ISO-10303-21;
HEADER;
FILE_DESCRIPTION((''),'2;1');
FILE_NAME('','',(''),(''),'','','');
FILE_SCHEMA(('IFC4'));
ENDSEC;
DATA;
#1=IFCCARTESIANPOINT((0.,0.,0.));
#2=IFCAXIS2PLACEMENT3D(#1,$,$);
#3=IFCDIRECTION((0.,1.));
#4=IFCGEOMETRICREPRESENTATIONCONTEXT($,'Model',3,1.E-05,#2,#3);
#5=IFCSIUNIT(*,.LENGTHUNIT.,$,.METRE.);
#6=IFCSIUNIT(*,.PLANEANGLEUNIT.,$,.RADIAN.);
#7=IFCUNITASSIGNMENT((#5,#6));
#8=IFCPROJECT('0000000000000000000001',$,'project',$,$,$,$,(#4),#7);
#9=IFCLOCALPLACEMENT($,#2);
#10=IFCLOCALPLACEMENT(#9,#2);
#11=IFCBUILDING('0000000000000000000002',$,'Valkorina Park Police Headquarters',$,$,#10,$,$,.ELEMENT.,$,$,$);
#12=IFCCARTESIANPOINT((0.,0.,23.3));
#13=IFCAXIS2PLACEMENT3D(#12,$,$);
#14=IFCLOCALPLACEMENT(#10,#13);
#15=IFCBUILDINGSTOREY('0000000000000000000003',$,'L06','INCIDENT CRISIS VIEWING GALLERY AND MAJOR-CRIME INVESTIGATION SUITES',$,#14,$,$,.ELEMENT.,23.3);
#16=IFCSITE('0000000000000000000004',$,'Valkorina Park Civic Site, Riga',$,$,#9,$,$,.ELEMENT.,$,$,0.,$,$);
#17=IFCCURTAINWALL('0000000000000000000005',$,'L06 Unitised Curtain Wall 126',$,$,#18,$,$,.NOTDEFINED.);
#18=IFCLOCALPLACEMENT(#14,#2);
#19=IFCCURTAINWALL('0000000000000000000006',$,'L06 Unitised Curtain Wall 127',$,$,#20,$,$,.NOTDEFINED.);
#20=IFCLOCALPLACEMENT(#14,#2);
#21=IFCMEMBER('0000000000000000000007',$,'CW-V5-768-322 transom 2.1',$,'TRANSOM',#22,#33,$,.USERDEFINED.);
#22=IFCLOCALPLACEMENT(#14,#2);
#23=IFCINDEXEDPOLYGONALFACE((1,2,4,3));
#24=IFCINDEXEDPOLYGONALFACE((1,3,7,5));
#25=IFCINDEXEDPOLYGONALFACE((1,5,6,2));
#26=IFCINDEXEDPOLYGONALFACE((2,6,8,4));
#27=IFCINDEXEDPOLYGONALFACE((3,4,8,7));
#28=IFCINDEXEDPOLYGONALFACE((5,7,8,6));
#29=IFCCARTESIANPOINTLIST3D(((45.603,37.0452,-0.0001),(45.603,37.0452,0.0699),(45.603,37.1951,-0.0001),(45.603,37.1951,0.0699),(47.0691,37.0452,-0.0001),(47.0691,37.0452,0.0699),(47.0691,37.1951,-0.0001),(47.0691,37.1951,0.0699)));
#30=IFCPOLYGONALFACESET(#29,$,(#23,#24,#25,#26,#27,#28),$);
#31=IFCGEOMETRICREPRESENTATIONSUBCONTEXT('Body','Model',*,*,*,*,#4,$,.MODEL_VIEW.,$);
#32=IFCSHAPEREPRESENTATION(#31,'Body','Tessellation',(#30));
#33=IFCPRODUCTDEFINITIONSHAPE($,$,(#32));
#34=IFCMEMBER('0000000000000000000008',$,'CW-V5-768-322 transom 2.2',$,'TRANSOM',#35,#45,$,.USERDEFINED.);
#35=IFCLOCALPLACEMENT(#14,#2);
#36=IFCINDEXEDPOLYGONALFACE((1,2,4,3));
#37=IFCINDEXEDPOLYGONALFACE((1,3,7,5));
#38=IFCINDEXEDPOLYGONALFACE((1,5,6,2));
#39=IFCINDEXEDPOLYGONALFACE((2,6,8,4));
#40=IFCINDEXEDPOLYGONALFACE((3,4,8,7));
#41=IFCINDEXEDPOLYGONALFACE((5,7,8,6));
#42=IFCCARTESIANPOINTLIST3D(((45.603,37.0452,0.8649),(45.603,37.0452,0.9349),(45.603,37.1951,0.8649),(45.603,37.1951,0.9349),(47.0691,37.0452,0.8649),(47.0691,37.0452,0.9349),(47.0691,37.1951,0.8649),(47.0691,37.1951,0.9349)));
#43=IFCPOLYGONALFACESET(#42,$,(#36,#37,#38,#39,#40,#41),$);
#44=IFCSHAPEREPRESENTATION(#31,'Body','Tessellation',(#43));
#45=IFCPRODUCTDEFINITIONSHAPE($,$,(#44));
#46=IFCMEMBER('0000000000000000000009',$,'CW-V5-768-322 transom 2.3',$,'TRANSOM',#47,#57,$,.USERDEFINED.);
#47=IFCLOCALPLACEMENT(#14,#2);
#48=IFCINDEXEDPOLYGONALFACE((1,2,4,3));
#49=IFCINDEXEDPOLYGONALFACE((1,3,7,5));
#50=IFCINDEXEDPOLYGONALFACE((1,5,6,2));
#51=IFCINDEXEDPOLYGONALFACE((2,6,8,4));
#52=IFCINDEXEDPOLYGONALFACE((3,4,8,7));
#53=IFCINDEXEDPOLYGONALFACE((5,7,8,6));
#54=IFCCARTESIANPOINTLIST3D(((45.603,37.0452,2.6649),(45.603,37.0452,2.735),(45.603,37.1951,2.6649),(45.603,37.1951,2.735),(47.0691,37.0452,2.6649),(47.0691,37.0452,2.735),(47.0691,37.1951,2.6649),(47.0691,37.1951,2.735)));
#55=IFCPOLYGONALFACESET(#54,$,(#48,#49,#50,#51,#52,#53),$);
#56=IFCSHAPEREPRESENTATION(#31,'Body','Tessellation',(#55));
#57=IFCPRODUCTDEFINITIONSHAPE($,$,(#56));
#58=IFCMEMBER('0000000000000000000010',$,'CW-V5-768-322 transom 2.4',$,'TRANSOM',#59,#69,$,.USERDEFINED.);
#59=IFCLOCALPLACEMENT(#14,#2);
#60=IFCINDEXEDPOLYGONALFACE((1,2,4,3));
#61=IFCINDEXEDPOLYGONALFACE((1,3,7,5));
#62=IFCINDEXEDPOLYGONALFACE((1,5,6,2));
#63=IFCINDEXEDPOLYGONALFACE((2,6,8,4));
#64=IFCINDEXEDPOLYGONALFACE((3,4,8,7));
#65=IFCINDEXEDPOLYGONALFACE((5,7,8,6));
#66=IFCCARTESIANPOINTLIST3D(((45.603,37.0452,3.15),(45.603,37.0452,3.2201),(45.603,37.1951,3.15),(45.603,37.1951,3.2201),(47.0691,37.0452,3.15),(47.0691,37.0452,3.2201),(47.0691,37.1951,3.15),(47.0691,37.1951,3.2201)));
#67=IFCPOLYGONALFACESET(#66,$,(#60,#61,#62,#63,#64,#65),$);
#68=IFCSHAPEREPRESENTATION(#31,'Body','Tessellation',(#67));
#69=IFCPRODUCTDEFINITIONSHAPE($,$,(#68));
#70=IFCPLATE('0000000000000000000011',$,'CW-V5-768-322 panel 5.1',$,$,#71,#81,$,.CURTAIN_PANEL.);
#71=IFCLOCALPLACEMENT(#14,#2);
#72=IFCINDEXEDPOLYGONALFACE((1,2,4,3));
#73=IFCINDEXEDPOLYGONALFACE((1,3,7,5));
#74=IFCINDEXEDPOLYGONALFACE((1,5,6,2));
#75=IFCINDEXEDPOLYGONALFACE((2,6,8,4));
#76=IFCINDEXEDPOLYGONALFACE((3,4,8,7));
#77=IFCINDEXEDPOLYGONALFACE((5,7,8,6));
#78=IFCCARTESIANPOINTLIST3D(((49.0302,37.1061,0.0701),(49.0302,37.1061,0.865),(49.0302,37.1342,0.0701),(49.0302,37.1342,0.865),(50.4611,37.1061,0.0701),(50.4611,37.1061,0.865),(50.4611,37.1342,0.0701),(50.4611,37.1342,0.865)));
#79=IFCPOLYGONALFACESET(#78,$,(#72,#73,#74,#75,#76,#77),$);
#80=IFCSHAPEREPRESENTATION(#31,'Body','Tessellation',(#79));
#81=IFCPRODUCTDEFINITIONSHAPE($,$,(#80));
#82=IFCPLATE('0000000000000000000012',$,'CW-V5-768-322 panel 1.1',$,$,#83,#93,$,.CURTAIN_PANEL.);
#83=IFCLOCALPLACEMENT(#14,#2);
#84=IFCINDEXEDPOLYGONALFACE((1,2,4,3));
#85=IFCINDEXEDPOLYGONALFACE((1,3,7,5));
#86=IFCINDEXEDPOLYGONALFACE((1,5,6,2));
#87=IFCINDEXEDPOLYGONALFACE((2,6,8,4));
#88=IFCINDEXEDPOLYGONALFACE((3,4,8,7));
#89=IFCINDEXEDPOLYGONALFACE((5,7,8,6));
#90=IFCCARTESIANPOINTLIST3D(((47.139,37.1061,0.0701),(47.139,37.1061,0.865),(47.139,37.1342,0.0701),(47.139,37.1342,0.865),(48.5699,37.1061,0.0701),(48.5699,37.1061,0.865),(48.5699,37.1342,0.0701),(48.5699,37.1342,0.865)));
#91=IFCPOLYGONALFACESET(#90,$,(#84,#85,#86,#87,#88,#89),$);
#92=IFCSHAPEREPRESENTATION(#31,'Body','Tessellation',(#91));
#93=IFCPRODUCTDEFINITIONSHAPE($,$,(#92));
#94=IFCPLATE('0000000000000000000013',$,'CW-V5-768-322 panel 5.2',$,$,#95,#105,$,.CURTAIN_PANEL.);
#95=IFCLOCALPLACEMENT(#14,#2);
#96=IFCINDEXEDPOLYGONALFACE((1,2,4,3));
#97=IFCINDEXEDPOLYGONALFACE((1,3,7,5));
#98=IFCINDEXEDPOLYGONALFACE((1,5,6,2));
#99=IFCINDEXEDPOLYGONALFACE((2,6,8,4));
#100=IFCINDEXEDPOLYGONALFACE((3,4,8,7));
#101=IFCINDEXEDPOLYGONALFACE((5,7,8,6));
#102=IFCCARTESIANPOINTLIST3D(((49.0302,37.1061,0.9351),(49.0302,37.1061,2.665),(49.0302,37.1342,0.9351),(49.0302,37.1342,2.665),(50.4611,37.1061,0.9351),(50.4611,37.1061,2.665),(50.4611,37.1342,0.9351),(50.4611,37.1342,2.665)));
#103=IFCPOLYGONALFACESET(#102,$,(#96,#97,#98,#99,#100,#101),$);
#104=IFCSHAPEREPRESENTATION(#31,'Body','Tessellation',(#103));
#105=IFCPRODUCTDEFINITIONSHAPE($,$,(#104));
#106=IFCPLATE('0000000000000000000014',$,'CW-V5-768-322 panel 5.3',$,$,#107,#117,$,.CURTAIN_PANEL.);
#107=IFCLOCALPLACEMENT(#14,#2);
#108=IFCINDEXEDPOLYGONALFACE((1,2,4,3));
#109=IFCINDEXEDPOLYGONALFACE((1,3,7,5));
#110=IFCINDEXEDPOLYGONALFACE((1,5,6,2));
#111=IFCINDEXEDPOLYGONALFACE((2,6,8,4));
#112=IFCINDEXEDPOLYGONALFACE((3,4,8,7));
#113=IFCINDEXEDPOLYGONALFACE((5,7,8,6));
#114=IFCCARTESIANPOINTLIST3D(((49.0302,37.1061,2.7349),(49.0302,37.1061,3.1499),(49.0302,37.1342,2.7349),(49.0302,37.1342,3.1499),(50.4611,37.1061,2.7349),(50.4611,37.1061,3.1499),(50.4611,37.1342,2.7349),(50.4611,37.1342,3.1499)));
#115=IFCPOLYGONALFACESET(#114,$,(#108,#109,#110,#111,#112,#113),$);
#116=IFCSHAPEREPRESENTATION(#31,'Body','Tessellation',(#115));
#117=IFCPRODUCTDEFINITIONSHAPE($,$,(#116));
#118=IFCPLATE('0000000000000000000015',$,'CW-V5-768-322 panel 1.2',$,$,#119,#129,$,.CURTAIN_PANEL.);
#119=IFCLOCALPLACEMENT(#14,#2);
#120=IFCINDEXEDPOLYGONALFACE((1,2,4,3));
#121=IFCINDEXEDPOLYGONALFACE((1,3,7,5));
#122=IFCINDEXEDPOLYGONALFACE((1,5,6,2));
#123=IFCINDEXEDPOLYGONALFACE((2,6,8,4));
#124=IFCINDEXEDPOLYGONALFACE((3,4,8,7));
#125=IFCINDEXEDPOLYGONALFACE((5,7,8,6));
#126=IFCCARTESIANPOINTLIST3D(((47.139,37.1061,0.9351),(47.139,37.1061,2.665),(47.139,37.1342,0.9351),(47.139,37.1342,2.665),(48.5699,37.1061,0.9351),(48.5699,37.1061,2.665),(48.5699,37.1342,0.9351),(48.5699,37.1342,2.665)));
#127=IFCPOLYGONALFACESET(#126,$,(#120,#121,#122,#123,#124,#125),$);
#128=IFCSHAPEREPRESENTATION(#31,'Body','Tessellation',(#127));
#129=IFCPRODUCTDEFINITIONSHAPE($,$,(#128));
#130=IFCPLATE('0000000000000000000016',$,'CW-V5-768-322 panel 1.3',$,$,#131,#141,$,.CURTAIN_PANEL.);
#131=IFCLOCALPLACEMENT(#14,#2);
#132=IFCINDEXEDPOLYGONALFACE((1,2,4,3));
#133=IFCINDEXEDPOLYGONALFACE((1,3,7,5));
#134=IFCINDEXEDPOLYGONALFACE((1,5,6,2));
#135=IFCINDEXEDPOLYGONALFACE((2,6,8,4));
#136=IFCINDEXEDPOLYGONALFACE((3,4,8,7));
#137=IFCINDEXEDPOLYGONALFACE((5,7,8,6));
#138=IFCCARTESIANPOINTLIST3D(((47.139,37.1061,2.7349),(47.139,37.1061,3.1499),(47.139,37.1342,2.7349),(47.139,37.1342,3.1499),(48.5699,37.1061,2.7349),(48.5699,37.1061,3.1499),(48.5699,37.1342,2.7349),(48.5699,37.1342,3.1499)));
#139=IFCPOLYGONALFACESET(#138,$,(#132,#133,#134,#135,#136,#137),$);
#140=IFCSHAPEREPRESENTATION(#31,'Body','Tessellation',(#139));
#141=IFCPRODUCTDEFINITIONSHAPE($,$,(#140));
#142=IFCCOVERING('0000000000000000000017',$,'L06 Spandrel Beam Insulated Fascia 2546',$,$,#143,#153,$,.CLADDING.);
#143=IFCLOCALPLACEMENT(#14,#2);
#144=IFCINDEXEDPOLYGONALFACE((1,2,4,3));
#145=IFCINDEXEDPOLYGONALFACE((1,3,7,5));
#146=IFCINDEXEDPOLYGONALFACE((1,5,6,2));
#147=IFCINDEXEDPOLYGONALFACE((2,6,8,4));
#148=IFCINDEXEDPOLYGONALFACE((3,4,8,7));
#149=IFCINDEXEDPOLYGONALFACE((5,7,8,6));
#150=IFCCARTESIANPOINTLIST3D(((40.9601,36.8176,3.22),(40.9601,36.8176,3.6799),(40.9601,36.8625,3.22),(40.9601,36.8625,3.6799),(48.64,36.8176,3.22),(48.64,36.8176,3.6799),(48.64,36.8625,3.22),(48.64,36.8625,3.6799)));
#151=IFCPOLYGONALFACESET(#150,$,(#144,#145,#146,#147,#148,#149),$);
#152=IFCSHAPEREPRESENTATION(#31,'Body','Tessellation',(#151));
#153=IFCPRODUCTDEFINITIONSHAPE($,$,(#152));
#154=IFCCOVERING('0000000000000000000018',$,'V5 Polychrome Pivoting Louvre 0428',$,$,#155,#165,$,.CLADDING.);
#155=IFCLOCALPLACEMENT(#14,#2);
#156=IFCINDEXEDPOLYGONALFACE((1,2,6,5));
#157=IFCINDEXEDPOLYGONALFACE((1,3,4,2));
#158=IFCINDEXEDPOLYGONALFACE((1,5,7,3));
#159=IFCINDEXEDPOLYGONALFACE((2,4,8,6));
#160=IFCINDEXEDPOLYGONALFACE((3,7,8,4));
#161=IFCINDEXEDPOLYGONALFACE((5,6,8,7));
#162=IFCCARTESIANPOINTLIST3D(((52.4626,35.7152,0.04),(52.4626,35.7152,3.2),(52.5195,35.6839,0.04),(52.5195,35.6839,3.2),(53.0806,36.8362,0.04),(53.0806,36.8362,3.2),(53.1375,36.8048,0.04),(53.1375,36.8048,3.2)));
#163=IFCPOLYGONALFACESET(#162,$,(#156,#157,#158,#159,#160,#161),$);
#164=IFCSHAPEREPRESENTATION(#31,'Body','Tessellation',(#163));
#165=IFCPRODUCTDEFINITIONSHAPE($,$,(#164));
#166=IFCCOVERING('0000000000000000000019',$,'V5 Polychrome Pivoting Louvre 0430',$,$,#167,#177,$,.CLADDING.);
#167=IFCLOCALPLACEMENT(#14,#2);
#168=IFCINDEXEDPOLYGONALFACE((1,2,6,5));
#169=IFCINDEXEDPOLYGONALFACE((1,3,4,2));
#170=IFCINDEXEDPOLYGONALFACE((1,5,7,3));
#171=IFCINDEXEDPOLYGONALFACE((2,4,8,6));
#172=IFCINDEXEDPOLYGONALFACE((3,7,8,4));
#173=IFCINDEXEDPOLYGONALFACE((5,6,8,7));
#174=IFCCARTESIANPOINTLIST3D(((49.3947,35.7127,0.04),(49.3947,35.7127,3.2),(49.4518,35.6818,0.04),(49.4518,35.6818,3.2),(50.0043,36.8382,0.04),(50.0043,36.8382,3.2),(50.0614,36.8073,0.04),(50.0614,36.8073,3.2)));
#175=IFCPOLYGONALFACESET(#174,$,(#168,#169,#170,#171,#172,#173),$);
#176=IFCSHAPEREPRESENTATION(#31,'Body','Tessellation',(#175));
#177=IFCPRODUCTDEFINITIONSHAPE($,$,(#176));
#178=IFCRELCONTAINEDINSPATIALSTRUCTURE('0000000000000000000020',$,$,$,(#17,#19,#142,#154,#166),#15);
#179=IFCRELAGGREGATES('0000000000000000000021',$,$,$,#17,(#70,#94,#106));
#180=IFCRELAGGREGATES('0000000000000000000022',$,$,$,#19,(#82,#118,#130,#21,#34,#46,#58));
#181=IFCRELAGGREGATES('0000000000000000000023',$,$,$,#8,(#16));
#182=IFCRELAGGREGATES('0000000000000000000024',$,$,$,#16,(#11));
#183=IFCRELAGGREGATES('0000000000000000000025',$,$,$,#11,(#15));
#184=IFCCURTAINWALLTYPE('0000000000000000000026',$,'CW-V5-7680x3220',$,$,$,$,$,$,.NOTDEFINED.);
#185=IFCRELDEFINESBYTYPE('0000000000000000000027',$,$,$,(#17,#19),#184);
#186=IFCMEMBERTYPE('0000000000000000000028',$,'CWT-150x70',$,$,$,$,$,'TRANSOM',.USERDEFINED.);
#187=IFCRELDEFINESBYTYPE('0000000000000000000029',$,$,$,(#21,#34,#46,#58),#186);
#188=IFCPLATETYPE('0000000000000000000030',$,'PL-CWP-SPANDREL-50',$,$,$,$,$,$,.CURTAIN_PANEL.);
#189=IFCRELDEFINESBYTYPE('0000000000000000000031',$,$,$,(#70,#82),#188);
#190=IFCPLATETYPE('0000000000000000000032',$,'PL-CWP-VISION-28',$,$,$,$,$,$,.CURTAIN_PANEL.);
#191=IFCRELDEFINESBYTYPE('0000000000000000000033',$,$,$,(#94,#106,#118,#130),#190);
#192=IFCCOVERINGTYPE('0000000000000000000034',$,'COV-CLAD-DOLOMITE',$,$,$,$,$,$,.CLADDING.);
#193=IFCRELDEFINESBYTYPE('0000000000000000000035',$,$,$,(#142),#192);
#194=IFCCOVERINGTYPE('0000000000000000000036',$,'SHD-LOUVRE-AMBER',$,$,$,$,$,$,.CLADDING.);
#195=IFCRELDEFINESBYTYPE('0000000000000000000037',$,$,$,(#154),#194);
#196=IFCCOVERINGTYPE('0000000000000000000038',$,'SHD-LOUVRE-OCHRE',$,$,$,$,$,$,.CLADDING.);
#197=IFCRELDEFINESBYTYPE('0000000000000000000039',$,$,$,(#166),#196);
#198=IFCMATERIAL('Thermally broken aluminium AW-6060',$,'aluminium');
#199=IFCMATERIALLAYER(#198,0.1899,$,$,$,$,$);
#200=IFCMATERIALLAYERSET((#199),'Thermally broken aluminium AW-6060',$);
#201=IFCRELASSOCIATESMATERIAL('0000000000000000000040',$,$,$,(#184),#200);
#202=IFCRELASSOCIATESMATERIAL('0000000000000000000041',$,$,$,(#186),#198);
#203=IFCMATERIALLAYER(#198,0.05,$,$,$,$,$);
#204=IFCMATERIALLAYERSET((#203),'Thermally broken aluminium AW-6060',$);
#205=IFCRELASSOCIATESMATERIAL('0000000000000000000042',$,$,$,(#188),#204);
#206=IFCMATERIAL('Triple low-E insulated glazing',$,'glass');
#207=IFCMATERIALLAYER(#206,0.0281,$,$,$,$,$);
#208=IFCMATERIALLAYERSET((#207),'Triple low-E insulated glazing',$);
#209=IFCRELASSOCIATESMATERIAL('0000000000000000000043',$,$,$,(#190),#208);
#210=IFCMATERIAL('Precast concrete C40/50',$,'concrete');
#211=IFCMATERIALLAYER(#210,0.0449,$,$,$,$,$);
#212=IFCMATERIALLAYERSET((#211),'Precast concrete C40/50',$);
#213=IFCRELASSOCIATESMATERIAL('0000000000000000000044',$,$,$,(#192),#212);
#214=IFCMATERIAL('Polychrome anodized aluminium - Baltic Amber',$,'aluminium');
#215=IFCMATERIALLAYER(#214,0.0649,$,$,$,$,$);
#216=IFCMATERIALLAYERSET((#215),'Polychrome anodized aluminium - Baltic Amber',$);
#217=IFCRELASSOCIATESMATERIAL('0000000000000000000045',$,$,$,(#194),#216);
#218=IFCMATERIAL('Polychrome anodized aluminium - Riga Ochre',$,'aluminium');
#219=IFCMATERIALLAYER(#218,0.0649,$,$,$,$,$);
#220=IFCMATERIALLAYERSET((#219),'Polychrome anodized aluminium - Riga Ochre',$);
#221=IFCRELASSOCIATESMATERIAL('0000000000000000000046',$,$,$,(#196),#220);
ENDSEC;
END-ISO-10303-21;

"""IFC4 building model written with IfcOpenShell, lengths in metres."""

from ifc_helpers import new_model, si_unit, direction, frame, frame_2d, origin, origin_2d, place, context, subcontext, project, spatial, rectangle, extrude, material, layer, layer_set, material_profile, profile_set, type_object, element, aggregate, save


model = new_model("IFC4")

# Units and contexts
model_context = context("Model", 3, precision=1e-05, world=origin(), true_north=direction((0.0, 1.0)))
body_context = subcontext(model_context, "Body", "Model", "MODEL_VIEW")
ifc_project = project(units=[si_unit("LENGTHUNIT", "METRE"), si_unit("PLANEANGLEUNIT", "RADIAN")], contexts=[model_context])

# Site, building, storey
site_placement = place(None, origin())
site = spatial("IfcSite", under=ifc_project, at=site_placement, Name="Valkorina Park Civic Site, Riga", CompositionType="ELEMENT", RefElevation=0.0)
building_placement = place(site_placement, origin())
building = spatial("IfcBuilding", under=site, at=building_placement, Name="Valkorina Park Police Headquarters", CompositionType="ELEMENT")
storey_placement = place(building_placement, frame((0.0, 0.0, 23.3)))
storey = spatial("IfcBuildingStorey", under=building, at=storey_placement, Name="L06", Description="INCIDENT CRISIS VIEWING GALLERY AND MAJOR-CRIME INVESTIGATION SUITES", CompositionType="ELEMENT", Elevation=23.3)

# Curtain wall
ifc_material_1 = material(Name="Thermally broken aluminium AW-6060", Category="aluminium")
ifc_layer_1 = layer(ifc_material_1, 0.1899)
ifc_layer_set_1 = layer_set([ifc_layer_1], Name="Thermally broken aluminium AW-6060")
curtain_wall_type = type_object("IfcCurtainWallType", Name="CW-V5-7680x3220", PredefinedType="NOTDEFINED", material=ifc_layer_set_1)
curtain_wall_1_placement = place(storey_placement, origin())
curtain_wall_1 = element("IfcCurtainWall", 1, at=curtain_wall_1_placement, inside=storey, type_object=curtain_wall_type, Name="L06 Unitised Curtain Wall 126", PredefinedType="NOTDEFINED")

# Curtain wall, members
curtain_wall_2_placement = place(storey_placement, origin())
curtain_wall_2 = element("IfcCurtainWall", 2, at=curtain_wall_2_placement, inside=storey, type_object=curtain_wall_type, Name="L06 Unitised Curtain Wall 127", PredefinedType="NOTDEFINED")
ifc_material_profile_1 = material_profile(ifc_material_1, rectangle(XDim=0.1499, YDim=0.0701, at=origin_2d()), Name="CWT-02 150x70")
ifc_profile_set_1 = profile_set([ifc_material_profile_1], Name="Thermally broken aluminium AW-6060")
member_type_1 = type_object("IfcMemberType", Name="CWT-150x70", ElementType="TRANSOM", PredefinedType="USERDEFINED", material=ifc_profile_set_1)
member_1_placement = place(storey_placement, frame((47.0691, 37.1201, 0.0349), z_axis=(-1.0, 0.0, 0.0), x_axis=(0.0, -1.0, 0.0)))
member_1 = element("IfcMember", 3, at=member_1_placement, type_object=member_type_1, Name="CW-V5-768-322 transom 2.1", ObjectType="TRANSOM", PredefinedType="USERDEFINED", context=body_context, shape_type="SweptSolid", body=[
    extrude(rectangle(XDim=0.1499, YDim=0.0701, at=origin_2d()), origin(), (0.0, 0.0, 1.0), 1.4661),
])
member_2_placement = place(storey_placement, frame((47.0691, 37.1201, 0.8999), z_axis=(-1.0, 0.0, 0.0), x_axis=(0.0, -1.0, 0.0)))
member_2 = element("IfcMember", 4, at=member_2_placement, type_object=member_type_1, Name="CW-V5-768-322 transom 2.2", ObjectType="TRANSOM", PredefinedType="USERDEFINED", context=body_context, shape_type="SweptSolid", body=[
    extrude(rectangle(XDim=0.1499, YDim=0.0701, at=origin_2d()), origin(), (0.0, 0.0, 1.0), 1.4661),
])
member_3_placement = place(storey_placement, frame((47.0691, 37.1201, 2.7), z_axis=(-1.0, 0.0, 0.0), x_axis=(0.0, -1.0, 0.0)))
member_3 = element("IfcMember", 5, at=member_3_placement, type_object=member_type_1, Name="CW-V5-768-322 transom 2.3", ObjectType="TRANSOM", PredefinedType="USERDEFINED", context=body_context, shape_type="SweptSolid", body=[
    extrude(rectangle(XDim=0.1499, YDim=0.0701, at=origin_2d()), origin(), (0.0, 0.0, 1.0), 1.4661),
])
member_4_placement = place(storey_placement, frame((47.0691, 37.1201, 3.1851), z_axis=(-1.0, 0.0, 0.0), x_axis=(0.0, -1.0, 0.0)))
member_4 = element("IfcMember", 6, at=member_4_placement, type_object=member_type_1, Name="CW-V5-768-322 transom 2.4", ObjectType="TRANSOM", PredefinedType="USERDEFINED", context=body_context, shape_type="SweptSolid", body=[
    extrude(rectangle(XDim=0.1499, YDim=0.0701, at=origin_2d()), origin(), (0.0, 0.0, 1.0), 1.4661),
])

# Plates
ifc_layer_2 = layer(ifc_material_1, 0.05)
ifc_layer_set_2 = layer_set([ifc_layer_2], Name="Thermally broken aluminium AW-6060")
plate_type_1 = type_object("IfcPlateType", Name="PL-CWP-SPANDREL-50", PredefinedType="CURTAIN_PANEL", material=ifc_layer_set_2)
plate_1_placement = place(storey_placement, frame((49.7456, 37.1201, 0.0701), z_axis=(0.0, 0.0, 1.0), x_axis=(-1.0, 0.0, 0.0)))
plate_1 = element("IfcPlate", 7, at=plate_1_placement, type_object=plate_type_1, Name="CW-V5-768-322 panel 5.1", PredefinedType="CURTAIN_PANEL", context=body_context, shape_type="SweptSolid", body=[
    extrude(rectangle(XDim=1.4309, YDim=0.0281, at=origin_2d()), origin(), (0.0, 0.0, 1.0), 0.7949),
])
plate_2_placement = place(storey_placement, frame((47.8545, 37.1201, 0.0701), z_axis=(0.0, 0.0, 1.0), x_axis=(-1.0, 0.0, 0.0)))
plate_2 = element("IfcPlate", 8, at=plate_2_placement, type_object=plate_type_1, Name="CW-V5-768-322 panel 1.1", PredefinedType="CURTAIN_PANEL", context=body_context, shape_type="SweptSolid", body=[
    extrude(rectangle(XDim=1.4309, YDim=0.0281, at=origin_2d()), origin(), (0.0, 0.0, 1.0), 0.7949),
])
ifc_material_2 = material(Name="Triple low-E insulated glazing", Category="glass")
ifc_layer_3 = layer(ifc_material_2, 0.0281)
ifc_layer_set_3 = layer_set([ifc_layer_3], Name="Triple low-E insulated glazing")
plate_type_2 = type_object("IfcPlateType", Name="PL-CWP-VISION-28", PredefinedType="CURTAIN_PANEL", material=ifc_layer_set_3)
plate_3_placement = place(storey_placement, frame((49.7456, 37.1201, 0.9351), z_axis=(0.0, 0.0, 1.0), x_axis=(-1.0, 0.0, 0.0)))
plate_3 = element("IfcPlate", 9, at=plate_3_placement, type_object=plate_type_2, Name="CW-V5-768-322 panel 5.2", PredefinedType="CURTAIN_PANEL", context=body_context, shape_type="SweptSolid", body=[
    extrude(rectangle(XDim=1.4309, YDim=0.0281, at=origin_2d()), origin(), (0.0, 0.0, 1.0), 1.73),
])
plate_4_placement = place(storey_placement, frame((49.7456, 37.1201, 2.7349), z_axis=(0.0, 0.0, 1.0), x_axis=(-1.0, 0.0, 0.0)))
plate_4 = element("IfcPlate", 10, at=plate_4_placement, type_object=plate_type_2, Name="CW-V5-768-322 panel 5.3", PredefinedType="CURTAIN_PANEL", context=body_context, shape_type="SweptSolid", body=[
    extrude(rectangle(XDim=1.4309, YDim=0.0281, at=origin_2d()), origin(), (0.0, 0.0, 1.0), 0.415),
])
aggregate(curtain_wall_1, [plate_1, plate_3, plate_4])
plate_5_placement = place(storey_placement, frame((47.8545, 37.1201, 0.9351), z_axis=(0.0, 0.0, 1.0), x_axis=(-1.0, 0.0, 0.0)))
plate_5 = element("IfcPlate", 11, at=plate_5_placement, type_object=plate_type_2, Name="CW-V5-768-322 panel 1.2", PredefinedType="CURTAIN_PANEL", context=body_context, shape_type="SweptSolid", body=[
    extrude(rectangle(XDim=1.4309, YDim=0.0281, at=origin_2d()), origin(), (0.0, 0.0, 1.0), 1.73),
])
plate_6_placement = place(storey_placement, frame((47.8545, 37.1201, 2.7349), z_axis=(0.0, 0.0, 1.0), x_axis=(-1.0, 0.0, 0.0)))
plate_6 = element("IfcPlate", 12, at=plate_6_placement, type_object=plate_type_2, Name="CW-V5-768-322 panel 1.3", PredefinedType="CURTAIN_PANEL", context=body_context, shape_type="SweptSolid", body=[
    extrude(rectangle(XDim=1.4309, YDim=0.0281, at=origin_2d()), origin(), (0.0, 0.0, 1.0), 0.415),
])
aggregate(curtain_wall_2, [plate_2, plate_5, plate_6, member_1, member_2, member_3, member_4])

# Coverings
ifc_material_3 = material(Name="Precast concrete C40/50", Category="concrete")
ifc_layer_4 = layer(ifc_material_3, 0.0449)
ifc_layer_set_4 = layer_set([ifc_layer_4], Name="Precast concrete C40/50")
covering_type_1 = type_object("IfcCoveringType", Name="COV-CLAD-DOLOMITE", PredefinedType="CLADDING", material=ifc_layer_set_4)
covering_1_placement = place(storey_placement, frame((48.6399, 36.8401, 3.22), z_axis=(0.0, 0.0, 1.0), x_axis=(-1.0, 0.0, 0.0)))
element("IfcCovering", 13, at=covering_1_placement, inside=storey, type_object=covering_type_1, Name="L06 Spandrel Beam Insulated Fascia 2546", PredefinedType="CLADDING", context=body_context, shape_type="SweptSolid", body=[
    extrude(rectangle(XDim=7.6799, YDim=0.0449, at=frame_2d((3.8398, 0.0))), origin(), (0.0, 0.0, 1.0), 0.46),
])
ifc_material_4 = material(Name="Polychrome anodized aluminium - Baltic Amber", Category="aluminium")
ifc_layer_5 = layer(ifc_material_4, 0.0649)
ifc_layer_set_5 = layer_set([ifc_layer_5], Name="Polychrome anodized aluminium - Baltic Amber")
covering_type_2 = type_object("IfcCoveringType", Name="SHD-LOUVRE-AMBER", PredefinedType="CLADDING", material=ifc_layer_set_5)
covering_2_placement = place(storey_placement, frame((52.8, 36.26, 0.04), z_axis=(0.0, 0.0, 1.0), x_axis=(-0.482824, -0.875717, 0.0)))
element("IfcCovering", 14, at=covering_2_placement, inside=storey, type_object=covering_type_2, Name="V5 Polychrome Pivoting Louvre 0428", PredefinedType="CLADDING", context=body_context, shape_type="SweptSolid", body=[
    extrude(rectangle(XDim=1.28, YDim=0.0649, at=origin_2d()), origin(), (0.0, 0.0, 1.0), 3.1599),
])
ifc_material_5 = material(Name="Polychrome anodized aluminium - Riga Ochre", Category="aluminium")
ifc_layer_6 = layer(ifc_material_5, 0.0649)
ifc_layer_set_6 = layer_set([ifc_layer_6], Name="Polychrome anodized aluminium - Riga Ochre")
covering_type_3 = type_object("IfcCoveringType", Name="SHD-LOUVRE-OCHRE", PredefinedType="CLADDING", material=ifc_layer_set_6)
covering_3_placement = place(storey_placement, frame((49.728, 36.26, 0.04), z_axis=(0.0, 0.0, 1.0), x_axis=(-0.476238, -0.879316, 0.0)))
element("IfcCovering", 15, at=covering_3_placement, inside=storey, type_object=covering_type_3, Name="V5 Polychrome Pivoting Louvre 0430", PredefinedType="CLADDING", context=body_context, shape_type="SweptSolid", body=[
    extrude(rectangle(XDim=1.28, YDim=0.0649, at=origin_2d()), origin(), (0.0, 0.0, 1.0), 3.1599),
])

save(model, "model.ifc")
